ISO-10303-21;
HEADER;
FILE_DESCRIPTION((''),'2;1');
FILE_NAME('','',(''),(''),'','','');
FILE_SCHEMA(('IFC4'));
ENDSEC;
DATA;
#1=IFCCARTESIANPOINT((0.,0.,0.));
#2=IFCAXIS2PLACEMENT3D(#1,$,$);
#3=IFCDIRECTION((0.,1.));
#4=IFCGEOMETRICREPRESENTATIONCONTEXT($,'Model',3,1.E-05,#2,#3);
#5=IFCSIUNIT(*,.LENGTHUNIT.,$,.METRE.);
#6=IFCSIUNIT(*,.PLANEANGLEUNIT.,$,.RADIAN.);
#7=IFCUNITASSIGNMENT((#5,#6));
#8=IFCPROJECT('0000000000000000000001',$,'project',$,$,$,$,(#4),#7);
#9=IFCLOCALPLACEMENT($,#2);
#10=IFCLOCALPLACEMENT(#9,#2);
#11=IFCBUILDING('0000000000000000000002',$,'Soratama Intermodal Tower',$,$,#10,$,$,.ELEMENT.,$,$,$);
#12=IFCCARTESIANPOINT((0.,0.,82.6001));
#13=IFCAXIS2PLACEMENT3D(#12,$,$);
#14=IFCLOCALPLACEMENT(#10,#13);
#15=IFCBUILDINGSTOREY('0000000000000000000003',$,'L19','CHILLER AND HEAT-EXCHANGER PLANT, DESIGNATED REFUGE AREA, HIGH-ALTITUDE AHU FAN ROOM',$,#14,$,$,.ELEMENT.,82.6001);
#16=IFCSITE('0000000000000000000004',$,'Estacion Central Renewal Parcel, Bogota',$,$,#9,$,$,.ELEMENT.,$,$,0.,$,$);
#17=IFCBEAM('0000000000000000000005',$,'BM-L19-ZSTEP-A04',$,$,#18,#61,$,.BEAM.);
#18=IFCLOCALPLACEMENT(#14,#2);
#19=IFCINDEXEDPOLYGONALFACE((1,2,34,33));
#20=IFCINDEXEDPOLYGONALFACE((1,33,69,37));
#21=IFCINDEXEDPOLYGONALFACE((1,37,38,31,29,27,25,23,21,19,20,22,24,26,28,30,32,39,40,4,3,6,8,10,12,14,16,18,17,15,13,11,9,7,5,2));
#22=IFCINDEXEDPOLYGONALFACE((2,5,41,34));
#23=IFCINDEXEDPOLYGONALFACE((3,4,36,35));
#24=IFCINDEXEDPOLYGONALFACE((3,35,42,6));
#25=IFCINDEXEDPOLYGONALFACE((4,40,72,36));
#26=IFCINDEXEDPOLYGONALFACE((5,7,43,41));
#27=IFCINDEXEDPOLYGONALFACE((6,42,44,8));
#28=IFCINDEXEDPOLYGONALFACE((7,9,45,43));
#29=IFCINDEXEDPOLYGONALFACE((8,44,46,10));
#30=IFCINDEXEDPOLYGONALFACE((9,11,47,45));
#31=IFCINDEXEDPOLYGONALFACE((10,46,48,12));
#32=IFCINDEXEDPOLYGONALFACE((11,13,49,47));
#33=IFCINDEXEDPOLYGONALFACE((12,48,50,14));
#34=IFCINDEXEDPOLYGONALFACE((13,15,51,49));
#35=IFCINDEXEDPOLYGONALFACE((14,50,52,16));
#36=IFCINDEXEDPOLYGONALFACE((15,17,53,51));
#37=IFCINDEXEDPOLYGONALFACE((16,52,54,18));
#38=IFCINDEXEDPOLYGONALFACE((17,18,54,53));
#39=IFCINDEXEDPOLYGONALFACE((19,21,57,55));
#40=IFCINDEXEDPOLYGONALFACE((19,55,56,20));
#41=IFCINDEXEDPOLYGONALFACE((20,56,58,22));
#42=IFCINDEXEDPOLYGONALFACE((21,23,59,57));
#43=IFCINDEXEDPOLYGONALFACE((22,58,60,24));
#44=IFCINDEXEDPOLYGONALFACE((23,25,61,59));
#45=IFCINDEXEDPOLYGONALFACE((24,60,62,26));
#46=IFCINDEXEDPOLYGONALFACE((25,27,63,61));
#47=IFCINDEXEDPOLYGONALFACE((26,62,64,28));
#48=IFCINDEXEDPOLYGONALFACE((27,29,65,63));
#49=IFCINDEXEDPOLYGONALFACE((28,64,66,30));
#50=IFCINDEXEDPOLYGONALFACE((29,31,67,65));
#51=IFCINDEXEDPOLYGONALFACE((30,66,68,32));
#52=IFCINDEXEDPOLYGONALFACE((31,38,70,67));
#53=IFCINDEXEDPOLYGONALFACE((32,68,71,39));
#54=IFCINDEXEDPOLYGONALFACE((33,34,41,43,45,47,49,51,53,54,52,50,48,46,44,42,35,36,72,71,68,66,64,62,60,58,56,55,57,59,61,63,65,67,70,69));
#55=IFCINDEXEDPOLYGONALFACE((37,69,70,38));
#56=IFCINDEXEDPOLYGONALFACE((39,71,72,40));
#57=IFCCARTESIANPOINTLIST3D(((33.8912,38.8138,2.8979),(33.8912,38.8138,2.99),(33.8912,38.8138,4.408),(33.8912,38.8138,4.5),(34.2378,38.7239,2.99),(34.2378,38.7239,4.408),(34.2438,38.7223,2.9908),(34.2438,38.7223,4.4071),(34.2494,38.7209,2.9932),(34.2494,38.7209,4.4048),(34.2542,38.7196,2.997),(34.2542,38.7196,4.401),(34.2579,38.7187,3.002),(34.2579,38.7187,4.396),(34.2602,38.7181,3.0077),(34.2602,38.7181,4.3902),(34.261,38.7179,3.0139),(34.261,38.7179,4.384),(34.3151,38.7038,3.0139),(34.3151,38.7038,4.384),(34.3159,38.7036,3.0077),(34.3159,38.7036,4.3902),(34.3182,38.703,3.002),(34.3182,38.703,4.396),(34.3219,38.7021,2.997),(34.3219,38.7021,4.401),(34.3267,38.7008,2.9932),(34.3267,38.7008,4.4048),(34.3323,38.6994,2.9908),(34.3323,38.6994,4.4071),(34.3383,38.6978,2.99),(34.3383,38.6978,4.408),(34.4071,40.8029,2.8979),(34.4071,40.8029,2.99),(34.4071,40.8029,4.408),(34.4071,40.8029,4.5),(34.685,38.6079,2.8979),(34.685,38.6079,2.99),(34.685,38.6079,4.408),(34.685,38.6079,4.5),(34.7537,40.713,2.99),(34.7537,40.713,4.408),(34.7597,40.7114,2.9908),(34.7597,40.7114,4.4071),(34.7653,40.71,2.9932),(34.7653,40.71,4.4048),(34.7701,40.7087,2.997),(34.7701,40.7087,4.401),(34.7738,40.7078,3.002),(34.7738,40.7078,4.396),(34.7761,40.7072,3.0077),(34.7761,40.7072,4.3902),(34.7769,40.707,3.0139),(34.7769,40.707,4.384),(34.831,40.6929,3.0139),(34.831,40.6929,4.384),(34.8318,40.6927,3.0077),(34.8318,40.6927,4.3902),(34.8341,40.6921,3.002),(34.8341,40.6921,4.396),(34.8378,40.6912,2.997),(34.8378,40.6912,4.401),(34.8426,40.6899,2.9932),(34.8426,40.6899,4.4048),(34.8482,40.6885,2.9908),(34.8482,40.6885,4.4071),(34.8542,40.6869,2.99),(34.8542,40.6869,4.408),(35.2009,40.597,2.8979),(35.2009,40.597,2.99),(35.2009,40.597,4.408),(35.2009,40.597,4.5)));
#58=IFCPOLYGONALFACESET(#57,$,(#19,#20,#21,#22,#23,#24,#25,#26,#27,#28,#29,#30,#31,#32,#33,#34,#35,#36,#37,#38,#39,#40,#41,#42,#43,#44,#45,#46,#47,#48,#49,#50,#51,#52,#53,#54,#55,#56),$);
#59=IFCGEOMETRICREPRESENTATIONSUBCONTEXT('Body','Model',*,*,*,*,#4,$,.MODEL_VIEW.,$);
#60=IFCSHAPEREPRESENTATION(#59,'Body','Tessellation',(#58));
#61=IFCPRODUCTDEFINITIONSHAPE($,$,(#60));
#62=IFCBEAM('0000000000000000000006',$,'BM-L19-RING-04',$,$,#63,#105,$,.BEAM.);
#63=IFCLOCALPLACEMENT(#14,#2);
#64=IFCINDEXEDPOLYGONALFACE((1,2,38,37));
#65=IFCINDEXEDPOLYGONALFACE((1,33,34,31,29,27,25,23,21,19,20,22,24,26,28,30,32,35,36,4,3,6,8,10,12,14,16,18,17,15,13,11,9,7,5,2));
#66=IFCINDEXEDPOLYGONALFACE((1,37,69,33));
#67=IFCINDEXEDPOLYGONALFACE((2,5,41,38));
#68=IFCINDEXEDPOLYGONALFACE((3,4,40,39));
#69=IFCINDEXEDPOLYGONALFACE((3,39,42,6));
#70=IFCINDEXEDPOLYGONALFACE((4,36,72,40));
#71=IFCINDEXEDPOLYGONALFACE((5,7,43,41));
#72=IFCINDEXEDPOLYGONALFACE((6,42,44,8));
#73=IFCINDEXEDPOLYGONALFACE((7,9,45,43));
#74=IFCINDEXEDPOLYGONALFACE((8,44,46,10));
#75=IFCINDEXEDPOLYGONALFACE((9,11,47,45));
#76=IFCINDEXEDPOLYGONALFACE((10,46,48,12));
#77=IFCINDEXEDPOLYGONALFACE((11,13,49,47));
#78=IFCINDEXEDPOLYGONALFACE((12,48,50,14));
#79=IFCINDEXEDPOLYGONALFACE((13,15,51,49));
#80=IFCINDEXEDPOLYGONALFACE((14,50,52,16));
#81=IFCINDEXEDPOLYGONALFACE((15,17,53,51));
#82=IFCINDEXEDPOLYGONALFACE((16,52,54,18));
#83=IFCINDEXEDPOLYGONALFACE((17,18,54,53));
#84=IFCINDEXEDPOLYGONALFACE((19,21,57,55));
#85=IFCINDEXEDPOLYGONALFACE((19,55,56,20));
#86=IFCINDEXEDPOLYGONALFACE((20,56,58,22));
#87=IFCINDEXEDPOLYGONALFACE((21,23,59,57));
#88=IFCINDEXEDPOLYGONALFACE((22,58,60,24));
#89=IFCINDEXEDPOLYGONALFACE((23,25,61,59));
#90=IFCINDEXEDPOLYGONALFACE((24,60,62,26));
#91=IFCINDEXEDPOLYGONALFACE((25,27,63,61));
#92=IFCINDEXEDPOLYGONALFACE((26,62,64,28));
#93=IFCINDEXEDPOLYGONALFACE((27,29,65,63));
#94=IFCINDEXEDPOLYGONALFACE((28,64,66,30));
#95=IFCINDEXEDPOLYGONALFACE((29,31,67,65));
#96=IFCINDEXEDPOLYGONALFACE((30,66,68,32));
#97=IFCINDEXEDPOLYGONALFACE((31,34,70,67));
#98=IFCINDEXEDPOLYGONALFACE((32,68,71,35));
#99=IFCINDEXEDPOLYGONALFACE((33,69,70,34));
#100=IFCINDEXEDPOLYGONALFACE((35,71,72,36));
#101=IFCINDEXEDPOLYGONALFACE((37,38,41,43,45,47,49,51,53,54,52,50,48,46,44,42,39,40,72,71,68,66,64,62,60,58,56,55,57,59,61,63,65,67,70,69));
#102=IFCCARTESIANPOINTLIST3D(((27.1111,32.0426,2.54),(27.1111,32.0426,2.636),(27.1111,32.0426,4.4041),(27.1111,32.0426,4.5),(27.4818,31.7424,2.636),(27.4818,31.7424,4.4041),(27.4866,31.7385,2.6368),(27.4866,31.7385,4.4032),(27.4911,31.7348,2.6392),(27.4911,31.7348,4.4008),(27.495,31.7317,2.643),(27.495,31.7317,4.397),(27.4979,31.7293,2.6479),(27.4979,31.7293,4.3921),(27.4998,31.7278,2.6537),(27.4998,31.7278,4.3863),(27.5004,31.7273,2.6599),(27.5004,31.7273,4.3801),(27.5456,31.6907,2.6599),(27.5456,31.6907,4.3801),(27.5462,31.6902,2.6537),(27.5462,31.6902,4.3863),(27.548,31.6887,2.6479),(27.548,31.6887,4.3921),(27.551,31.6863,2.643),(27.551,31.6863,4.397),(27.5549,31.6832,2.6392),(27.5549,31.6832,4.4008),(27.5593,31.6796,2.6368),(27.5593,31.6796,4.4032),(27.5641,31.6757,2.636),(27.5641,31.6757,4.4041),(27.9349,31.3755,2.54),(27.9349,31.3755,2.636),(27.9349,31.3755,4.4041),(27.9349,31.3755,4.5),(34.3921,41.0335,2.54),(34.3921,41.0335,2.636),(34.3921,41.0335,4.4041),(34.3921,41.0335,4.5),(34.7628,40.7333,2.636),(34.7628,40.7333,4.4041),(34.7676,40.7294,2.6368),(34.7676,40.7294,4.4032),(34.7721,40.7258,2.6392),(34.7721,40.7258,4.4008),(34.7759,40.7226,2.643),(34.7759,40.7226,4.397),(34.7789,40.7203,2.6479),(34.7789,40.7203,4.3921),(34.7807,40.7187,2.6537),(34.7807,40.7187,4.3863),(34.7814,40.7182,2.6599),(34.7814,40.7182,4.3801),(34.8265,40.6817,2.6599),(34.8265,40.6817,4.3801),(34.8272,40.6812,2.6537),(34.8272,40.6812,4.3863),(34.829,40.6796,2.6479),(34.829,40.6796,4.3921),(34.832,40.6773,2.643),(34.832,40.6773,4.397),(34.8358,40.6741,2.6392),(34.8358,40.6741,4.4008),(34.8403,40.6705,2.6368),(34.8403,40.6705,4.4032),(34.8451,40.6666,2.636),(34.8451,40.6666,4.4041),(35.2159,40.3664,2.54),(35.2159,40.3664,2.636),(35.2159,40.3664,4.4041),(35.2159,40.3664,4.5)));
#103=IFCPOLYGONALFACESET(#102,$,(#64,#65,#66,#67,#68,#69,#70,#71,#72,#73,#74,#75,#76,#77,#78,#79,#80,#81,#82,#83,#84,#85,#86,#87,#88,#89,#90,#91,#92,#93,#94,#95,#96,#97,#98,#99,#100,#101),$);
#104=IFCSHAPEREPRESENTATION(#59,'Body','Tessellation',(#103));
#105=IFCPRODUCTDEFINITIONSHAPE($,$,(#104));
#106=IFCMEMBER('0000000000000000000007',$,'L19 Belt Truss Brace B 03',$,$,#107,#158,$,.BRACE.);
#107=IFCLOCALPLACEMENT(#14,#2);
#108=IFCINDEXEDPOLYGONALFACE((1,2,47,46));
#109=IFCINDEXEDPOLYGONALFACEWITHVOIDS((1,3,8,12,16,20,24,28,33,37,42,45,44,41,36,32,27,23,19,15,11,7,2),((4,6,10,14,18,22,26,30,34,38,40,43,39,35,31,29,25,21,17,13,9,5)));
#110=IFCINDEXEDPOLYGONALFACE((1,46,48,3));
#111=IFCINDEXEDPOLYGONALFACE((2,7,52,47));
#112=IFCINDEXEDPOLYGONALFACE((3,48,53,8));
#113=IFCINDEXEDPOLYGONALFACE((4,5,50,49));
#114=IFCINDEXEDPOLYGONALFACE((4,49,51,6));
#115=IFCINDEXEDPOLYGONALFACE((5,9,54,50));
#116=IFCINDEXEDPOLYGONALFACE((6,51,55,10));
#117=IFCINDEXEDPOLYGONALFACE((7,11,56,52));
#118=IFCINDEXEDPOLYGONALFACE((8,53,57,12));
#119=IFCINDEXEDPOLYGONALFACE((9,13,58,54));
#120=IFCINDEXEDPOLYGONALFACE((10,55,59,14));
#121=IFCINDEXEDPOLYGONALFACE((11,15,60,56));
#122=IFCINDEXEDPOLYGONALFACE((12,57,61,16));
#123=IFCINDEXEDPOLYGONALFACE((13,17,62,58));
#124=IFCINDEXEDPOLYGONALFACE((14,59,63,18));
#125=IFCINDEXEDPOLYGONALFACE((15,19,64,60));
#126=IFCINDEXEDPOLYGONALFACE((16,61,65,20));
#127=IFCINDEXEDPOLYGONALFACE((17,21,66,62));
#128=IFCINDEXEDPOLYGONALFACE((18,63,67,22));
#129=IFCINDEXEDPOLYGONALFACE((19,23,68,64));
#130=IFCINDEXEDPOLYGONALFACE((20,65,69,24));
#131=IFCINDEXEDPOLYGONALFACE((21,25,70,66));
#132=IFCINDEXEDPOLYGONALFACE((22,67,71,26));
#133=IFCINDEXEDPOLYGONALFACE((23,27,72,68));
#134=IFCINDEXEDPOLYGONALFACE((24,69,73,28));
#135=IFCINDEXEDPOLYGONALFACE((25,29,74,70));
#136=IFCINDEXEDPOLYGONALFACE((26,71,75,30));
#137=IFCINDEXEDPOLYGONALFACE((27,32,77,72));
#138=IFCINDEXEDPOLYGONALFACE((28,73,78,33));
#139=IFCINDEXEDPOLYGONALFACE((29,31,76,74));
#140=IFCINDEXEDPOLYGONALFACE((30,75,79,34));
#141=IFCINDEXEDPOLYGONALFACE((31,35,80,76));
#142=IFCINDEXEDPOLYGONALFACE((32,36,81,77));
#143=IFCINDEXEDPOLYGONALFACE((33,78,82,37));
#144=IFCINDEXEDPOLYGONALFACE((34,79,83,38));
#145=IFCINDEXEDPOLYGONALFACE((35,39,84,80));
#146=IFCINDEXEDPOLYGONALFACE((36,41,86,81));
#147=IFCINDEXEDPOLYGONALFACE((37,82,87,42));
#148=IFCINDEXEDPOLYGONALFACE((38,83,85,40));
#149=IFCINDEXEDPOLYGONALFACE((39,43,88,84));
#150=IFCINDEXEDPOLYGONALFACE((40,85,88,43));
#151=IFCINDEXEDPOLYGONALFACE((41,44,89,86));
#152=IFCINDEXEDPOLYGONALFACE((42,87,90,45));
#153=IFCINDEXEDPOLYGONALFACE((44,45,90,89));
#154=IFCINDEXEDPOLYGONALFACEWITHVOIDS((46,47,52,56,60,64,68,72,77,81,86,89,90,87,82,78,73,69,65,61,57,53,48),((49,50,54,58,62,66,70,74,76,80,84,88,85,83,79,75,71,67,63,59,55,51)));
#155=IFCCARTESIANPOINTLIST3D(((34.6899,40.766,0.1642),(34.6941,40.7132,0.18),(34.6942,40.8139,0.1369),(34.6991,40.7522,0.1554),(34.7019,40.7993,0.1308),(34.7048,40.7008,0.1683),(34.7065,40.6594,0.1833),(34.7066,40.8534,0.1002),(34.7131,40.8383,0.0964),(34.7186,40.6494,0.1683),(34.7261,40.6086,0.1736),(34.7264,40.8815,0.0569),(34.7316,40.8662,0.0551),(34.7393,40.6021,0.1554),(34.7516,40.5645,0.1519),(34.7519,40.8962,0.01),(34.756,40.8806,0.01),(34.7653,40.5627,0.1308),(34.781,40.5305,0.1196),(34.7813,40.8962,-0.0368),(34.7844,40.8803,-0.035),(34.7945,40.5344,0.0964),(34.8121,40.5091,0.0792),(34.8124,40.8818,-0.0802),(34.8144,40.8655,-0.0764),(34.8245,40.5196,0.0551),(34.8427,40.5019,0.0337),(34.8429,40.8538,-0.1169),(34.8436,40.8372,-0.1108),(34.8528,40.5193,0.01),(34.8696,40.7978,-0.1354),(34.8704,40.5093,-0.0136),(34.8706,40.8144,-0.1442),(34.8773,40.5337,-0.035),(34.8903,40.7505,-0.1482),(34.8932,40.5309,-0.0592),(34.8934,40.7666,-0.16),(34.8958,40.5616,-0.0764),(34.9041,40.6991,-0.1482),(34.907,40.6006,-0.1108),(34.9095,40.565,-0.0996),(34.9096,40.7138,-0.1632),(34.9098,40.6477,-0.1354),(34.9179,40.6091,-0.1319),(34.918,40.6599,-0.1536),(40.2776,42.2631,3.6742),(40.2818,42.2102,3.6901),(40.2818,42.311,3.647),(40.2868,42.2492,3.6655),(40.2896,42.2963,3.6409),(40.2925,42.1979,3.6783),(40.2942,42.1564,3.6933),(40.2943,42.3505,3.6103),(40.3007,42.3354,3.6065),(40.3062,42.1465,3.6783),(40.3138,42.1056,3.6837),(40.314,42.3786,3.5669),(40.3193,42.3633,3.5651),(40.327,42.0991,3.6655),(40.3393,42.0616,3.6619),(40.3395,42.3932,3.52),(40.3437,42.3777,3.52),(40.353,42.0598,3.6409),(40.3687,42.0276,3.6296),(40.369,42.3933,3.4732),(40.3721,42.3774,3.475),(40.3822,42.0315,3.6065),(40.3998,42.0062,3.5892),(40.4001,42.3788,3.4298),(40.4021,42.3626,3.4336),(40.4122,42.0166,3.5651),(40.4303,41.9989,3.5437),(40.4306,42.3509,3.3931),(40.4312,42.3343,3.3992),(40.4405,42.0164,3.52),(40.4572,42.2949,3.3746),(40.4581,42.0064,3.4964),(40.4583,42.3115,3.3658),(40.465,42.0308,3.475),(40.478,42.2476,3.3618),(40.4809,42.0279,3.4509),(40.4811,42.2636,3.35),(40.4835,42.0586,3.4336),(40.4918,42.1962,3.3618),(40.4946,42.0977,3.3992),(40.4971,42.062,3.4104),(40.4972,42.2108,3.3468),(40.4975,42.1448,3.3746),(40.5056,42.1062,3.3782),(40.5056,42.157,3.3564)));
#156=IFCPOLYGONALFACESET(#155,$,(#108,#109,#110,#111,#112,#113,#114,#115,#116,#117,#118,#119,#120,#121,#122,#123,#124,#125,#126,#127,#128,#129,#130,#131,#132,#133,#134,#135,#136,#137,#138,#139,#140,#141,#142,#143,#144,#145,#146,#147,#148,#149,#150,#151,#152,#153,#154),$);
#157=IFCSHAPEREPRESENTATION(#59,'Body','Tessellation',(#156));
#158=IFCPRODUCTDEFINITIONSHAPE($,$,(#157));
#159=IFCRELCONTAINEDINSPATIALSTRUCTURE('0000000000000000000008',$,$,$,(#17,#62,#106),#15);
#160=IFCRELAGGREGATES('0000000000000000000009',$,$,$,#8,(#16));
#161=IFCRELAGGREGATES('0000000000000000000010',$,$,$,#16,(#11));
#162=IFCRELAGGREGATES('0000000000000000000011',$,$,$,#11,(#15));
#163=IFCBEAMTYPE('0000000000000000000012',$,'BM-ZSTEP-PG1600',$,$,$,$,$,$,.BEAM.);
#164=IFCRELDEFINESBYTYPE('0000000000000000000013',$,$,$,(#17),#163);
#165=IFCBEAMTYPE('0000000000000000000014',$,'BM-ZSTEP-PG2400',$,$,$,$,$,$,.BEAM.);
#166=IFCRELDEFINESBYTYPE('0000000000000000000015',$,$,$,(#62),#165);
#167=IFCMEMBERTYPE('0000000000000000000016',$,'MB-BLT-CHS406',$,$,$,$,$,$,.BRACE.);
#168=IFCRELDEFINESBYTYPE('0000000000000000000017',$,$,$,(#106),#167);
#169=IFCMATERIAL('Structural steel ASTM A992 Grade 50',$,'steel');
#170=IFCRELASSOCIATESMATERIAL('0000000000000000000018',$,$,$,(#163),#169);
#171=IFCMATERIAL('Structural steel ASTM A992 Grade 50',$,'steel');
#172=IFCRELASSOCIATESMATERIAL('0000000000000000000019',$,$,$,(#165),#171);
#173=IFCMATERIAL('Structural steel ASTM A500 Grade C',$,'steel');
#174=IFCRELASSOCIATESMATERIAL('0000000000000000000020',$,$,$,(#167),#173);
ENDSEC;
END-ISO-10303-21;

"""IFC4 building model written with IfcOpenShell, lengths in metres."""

from ifc_helpers import new_model, si_unit, direction, frame, origin, origin_2d, place, context, subcontext, project, spatial, hollow_circle, i_section, extrude, material, material_profile, profile_set, type_object, element, save


model = new_model("IFC4")

# Units and contexts
model_context = context("Model", 3, precision=1e-05, world=origin(), true_north=direction((0.0, 1.0)))
body_context = subcontext(model_context, "Body", "Model", "MODEL_VIEW")
ifc_project = project(units=[si_unit("LENGTHUNIT", "METRE"), si_unit("PLANEANGLEUNIT", "RADIAN")], contexts=[model_context])

# Site, building, storey
site_placement = place(None, origin())
site = spatial("IfcSite", under=ifc_project, at=site_placement, Name="Estacion Central Renewal Parcel, Bogota", CompositionType="ELEMENT", RefElevation=0.0)
building_placement = place(site_placement, origin())
building = spatial("IfcBuilding", under=site, at=building_placement, Name="Soratama Intermodal Tower", CompositionType="ELEMENT")
storey_placement = place(building_placement, frame((0.0, 0.0, 82.6001)))
storey = spatial("IfcBuildingStorey", under=building, at=storey_placement, Name="L19", Description="CHILLER AND HEAT-EXCHANGER PLANT, DESIGNATED REFUGE AREA, HIGH-ALTITUDE AHU FAN ROOM", CompositionType="ELEMENT", Elevation=82.6001)

# Beams
ifc_material_1 = material(Name="Structural steel ASTM A992 Grade 50", Category="steel")
ifc_material_profile_1 = material_profile(ifc_material_1, i_section(OverallWidth=0.8201, OverallDepth=1.6021, WebThickness=0.0559, FlangeThickness=0.092, FilletRadius=0.0239, at=origin_2d()), Name="PG1600X650")
ifc_profile_set_1 = profile_set([ifc_material_profile_1], Name="Structural steel ASTM A992 Grade 50")
beam_type_1 = type_object("IfcBeamType", Name="BM-ZSTEP-PG1600", PredefinedType="BEAM", material=ifc_profile_set_1)
beam_1_placement = place(storey_placement, frame((34.804, 40.7, 3.699), z_axis=(-0.251053, -0.967973, 0.0), x_axis=(0.967973, -0.251053, 0.0)))
element("IfcBeam", 1, at=beam_1_placement, inside=storey, type_object=beam_type_1, Name="BM-L19-ZSTEP-A04", PredefinedType="BEAM", context=body_context, shape_type="SweptSolid", body=[
    extrude(i_section(OverallWidth=0.8201, OverallDepth=1.6021, WebThickness=0.0559, FlangeThickness=0.092, FilletRadius=0.0239, at=origin_2d()), origin(), (0.0, 0.0, 1.0), 2.0549),
])
ifc_material_2 = material(Name="Structural steel ASTM A992 Grade 50", Category="steel")
ifc_material_profile_2 = material_profile(ifc_material_2, i_section(OverallWidth=1.0601, OverallDepth=1.96, WebThickness=0.0581, FlangeThickness=0.0959, FilletRadius=0.0239, at=origin_2d()), Name="PG2400X900")
ifc_profile_set_2 = profile_set([ifc_material_profile_2], Name="Structural steel ASTM A992 Grade 50")
beam_type_2 = type_object("IfcBeamType", Name="BM-ZSTEP-PG2400", PredefinedType="BEAM", material=ifc_profile_set_2)
beam_2_placement = place(storey_placement, frame((34.804, 40.7, 3.52), z_axis=(-0.629334, -0.777135, 0.0), x_axis=(0.777135, -0.629334, 0.0)))
element("IfcBeam", 2, at=beam_2_placement, inside=storey, type_object=beam_type_2, Name="BM-L19-RING-04", PredefinedType="BEAM", context=body_context, shape_type="SweptSolid", body=[
    extrude(i_section(OverallWidth=1.0601, OverallDepth=1.96, WebThickness=0.0581, FlangeThickness=0.0959, FilletRadius=0.0239, at=origin_2d()), origin(), (0.0, 0.0, 1.0), 11.5693),
])

# Member
ifc_material_3 = material(Name="Structural steel ASTM A500 Grade C", Category="steel")
ifc_material_profile_3 = material_profile(ifc_material_3, hollow_circle(Radius=0.2031, WallThickness=0.0161, at=origin_2d()), Name="CHS406X16")
ifc_profile_set_3 = profile_set([ifc_material_profile_3], Name="Structural steel ASTM A500 Grade C")
member_type = type_object("IfcMemberType", Name="MB-BLT-CHS406", PredefinedType="BRACE", material=ifc_profile_set_3)
for number, where, z_axis, x_axis, name in (
    (3, (34.8044, 40.7, 0.01), (0.825802, 0.221253, 0.518747), (-0.258797, 0.965932, 0.0), "L19 Belt Truss Brace B 03"),
):
    element("IfcMember", number, at=place(storey_placement, frame(where, z_axis=z_axis, x_axis=x_axis)), inside=storey, type_object=member_type, Name=name, PredefinedType="BRACE", context=body_context, shape_type="SweptSolid", body=[
        extrude(hollow_circle(Radius=0.2031, WallThickness=0.0161, at=origin_2d()), origin(), (0.0, 0.0, 1.0), 6.7664),
    ])

save(model, "model.ifc")
